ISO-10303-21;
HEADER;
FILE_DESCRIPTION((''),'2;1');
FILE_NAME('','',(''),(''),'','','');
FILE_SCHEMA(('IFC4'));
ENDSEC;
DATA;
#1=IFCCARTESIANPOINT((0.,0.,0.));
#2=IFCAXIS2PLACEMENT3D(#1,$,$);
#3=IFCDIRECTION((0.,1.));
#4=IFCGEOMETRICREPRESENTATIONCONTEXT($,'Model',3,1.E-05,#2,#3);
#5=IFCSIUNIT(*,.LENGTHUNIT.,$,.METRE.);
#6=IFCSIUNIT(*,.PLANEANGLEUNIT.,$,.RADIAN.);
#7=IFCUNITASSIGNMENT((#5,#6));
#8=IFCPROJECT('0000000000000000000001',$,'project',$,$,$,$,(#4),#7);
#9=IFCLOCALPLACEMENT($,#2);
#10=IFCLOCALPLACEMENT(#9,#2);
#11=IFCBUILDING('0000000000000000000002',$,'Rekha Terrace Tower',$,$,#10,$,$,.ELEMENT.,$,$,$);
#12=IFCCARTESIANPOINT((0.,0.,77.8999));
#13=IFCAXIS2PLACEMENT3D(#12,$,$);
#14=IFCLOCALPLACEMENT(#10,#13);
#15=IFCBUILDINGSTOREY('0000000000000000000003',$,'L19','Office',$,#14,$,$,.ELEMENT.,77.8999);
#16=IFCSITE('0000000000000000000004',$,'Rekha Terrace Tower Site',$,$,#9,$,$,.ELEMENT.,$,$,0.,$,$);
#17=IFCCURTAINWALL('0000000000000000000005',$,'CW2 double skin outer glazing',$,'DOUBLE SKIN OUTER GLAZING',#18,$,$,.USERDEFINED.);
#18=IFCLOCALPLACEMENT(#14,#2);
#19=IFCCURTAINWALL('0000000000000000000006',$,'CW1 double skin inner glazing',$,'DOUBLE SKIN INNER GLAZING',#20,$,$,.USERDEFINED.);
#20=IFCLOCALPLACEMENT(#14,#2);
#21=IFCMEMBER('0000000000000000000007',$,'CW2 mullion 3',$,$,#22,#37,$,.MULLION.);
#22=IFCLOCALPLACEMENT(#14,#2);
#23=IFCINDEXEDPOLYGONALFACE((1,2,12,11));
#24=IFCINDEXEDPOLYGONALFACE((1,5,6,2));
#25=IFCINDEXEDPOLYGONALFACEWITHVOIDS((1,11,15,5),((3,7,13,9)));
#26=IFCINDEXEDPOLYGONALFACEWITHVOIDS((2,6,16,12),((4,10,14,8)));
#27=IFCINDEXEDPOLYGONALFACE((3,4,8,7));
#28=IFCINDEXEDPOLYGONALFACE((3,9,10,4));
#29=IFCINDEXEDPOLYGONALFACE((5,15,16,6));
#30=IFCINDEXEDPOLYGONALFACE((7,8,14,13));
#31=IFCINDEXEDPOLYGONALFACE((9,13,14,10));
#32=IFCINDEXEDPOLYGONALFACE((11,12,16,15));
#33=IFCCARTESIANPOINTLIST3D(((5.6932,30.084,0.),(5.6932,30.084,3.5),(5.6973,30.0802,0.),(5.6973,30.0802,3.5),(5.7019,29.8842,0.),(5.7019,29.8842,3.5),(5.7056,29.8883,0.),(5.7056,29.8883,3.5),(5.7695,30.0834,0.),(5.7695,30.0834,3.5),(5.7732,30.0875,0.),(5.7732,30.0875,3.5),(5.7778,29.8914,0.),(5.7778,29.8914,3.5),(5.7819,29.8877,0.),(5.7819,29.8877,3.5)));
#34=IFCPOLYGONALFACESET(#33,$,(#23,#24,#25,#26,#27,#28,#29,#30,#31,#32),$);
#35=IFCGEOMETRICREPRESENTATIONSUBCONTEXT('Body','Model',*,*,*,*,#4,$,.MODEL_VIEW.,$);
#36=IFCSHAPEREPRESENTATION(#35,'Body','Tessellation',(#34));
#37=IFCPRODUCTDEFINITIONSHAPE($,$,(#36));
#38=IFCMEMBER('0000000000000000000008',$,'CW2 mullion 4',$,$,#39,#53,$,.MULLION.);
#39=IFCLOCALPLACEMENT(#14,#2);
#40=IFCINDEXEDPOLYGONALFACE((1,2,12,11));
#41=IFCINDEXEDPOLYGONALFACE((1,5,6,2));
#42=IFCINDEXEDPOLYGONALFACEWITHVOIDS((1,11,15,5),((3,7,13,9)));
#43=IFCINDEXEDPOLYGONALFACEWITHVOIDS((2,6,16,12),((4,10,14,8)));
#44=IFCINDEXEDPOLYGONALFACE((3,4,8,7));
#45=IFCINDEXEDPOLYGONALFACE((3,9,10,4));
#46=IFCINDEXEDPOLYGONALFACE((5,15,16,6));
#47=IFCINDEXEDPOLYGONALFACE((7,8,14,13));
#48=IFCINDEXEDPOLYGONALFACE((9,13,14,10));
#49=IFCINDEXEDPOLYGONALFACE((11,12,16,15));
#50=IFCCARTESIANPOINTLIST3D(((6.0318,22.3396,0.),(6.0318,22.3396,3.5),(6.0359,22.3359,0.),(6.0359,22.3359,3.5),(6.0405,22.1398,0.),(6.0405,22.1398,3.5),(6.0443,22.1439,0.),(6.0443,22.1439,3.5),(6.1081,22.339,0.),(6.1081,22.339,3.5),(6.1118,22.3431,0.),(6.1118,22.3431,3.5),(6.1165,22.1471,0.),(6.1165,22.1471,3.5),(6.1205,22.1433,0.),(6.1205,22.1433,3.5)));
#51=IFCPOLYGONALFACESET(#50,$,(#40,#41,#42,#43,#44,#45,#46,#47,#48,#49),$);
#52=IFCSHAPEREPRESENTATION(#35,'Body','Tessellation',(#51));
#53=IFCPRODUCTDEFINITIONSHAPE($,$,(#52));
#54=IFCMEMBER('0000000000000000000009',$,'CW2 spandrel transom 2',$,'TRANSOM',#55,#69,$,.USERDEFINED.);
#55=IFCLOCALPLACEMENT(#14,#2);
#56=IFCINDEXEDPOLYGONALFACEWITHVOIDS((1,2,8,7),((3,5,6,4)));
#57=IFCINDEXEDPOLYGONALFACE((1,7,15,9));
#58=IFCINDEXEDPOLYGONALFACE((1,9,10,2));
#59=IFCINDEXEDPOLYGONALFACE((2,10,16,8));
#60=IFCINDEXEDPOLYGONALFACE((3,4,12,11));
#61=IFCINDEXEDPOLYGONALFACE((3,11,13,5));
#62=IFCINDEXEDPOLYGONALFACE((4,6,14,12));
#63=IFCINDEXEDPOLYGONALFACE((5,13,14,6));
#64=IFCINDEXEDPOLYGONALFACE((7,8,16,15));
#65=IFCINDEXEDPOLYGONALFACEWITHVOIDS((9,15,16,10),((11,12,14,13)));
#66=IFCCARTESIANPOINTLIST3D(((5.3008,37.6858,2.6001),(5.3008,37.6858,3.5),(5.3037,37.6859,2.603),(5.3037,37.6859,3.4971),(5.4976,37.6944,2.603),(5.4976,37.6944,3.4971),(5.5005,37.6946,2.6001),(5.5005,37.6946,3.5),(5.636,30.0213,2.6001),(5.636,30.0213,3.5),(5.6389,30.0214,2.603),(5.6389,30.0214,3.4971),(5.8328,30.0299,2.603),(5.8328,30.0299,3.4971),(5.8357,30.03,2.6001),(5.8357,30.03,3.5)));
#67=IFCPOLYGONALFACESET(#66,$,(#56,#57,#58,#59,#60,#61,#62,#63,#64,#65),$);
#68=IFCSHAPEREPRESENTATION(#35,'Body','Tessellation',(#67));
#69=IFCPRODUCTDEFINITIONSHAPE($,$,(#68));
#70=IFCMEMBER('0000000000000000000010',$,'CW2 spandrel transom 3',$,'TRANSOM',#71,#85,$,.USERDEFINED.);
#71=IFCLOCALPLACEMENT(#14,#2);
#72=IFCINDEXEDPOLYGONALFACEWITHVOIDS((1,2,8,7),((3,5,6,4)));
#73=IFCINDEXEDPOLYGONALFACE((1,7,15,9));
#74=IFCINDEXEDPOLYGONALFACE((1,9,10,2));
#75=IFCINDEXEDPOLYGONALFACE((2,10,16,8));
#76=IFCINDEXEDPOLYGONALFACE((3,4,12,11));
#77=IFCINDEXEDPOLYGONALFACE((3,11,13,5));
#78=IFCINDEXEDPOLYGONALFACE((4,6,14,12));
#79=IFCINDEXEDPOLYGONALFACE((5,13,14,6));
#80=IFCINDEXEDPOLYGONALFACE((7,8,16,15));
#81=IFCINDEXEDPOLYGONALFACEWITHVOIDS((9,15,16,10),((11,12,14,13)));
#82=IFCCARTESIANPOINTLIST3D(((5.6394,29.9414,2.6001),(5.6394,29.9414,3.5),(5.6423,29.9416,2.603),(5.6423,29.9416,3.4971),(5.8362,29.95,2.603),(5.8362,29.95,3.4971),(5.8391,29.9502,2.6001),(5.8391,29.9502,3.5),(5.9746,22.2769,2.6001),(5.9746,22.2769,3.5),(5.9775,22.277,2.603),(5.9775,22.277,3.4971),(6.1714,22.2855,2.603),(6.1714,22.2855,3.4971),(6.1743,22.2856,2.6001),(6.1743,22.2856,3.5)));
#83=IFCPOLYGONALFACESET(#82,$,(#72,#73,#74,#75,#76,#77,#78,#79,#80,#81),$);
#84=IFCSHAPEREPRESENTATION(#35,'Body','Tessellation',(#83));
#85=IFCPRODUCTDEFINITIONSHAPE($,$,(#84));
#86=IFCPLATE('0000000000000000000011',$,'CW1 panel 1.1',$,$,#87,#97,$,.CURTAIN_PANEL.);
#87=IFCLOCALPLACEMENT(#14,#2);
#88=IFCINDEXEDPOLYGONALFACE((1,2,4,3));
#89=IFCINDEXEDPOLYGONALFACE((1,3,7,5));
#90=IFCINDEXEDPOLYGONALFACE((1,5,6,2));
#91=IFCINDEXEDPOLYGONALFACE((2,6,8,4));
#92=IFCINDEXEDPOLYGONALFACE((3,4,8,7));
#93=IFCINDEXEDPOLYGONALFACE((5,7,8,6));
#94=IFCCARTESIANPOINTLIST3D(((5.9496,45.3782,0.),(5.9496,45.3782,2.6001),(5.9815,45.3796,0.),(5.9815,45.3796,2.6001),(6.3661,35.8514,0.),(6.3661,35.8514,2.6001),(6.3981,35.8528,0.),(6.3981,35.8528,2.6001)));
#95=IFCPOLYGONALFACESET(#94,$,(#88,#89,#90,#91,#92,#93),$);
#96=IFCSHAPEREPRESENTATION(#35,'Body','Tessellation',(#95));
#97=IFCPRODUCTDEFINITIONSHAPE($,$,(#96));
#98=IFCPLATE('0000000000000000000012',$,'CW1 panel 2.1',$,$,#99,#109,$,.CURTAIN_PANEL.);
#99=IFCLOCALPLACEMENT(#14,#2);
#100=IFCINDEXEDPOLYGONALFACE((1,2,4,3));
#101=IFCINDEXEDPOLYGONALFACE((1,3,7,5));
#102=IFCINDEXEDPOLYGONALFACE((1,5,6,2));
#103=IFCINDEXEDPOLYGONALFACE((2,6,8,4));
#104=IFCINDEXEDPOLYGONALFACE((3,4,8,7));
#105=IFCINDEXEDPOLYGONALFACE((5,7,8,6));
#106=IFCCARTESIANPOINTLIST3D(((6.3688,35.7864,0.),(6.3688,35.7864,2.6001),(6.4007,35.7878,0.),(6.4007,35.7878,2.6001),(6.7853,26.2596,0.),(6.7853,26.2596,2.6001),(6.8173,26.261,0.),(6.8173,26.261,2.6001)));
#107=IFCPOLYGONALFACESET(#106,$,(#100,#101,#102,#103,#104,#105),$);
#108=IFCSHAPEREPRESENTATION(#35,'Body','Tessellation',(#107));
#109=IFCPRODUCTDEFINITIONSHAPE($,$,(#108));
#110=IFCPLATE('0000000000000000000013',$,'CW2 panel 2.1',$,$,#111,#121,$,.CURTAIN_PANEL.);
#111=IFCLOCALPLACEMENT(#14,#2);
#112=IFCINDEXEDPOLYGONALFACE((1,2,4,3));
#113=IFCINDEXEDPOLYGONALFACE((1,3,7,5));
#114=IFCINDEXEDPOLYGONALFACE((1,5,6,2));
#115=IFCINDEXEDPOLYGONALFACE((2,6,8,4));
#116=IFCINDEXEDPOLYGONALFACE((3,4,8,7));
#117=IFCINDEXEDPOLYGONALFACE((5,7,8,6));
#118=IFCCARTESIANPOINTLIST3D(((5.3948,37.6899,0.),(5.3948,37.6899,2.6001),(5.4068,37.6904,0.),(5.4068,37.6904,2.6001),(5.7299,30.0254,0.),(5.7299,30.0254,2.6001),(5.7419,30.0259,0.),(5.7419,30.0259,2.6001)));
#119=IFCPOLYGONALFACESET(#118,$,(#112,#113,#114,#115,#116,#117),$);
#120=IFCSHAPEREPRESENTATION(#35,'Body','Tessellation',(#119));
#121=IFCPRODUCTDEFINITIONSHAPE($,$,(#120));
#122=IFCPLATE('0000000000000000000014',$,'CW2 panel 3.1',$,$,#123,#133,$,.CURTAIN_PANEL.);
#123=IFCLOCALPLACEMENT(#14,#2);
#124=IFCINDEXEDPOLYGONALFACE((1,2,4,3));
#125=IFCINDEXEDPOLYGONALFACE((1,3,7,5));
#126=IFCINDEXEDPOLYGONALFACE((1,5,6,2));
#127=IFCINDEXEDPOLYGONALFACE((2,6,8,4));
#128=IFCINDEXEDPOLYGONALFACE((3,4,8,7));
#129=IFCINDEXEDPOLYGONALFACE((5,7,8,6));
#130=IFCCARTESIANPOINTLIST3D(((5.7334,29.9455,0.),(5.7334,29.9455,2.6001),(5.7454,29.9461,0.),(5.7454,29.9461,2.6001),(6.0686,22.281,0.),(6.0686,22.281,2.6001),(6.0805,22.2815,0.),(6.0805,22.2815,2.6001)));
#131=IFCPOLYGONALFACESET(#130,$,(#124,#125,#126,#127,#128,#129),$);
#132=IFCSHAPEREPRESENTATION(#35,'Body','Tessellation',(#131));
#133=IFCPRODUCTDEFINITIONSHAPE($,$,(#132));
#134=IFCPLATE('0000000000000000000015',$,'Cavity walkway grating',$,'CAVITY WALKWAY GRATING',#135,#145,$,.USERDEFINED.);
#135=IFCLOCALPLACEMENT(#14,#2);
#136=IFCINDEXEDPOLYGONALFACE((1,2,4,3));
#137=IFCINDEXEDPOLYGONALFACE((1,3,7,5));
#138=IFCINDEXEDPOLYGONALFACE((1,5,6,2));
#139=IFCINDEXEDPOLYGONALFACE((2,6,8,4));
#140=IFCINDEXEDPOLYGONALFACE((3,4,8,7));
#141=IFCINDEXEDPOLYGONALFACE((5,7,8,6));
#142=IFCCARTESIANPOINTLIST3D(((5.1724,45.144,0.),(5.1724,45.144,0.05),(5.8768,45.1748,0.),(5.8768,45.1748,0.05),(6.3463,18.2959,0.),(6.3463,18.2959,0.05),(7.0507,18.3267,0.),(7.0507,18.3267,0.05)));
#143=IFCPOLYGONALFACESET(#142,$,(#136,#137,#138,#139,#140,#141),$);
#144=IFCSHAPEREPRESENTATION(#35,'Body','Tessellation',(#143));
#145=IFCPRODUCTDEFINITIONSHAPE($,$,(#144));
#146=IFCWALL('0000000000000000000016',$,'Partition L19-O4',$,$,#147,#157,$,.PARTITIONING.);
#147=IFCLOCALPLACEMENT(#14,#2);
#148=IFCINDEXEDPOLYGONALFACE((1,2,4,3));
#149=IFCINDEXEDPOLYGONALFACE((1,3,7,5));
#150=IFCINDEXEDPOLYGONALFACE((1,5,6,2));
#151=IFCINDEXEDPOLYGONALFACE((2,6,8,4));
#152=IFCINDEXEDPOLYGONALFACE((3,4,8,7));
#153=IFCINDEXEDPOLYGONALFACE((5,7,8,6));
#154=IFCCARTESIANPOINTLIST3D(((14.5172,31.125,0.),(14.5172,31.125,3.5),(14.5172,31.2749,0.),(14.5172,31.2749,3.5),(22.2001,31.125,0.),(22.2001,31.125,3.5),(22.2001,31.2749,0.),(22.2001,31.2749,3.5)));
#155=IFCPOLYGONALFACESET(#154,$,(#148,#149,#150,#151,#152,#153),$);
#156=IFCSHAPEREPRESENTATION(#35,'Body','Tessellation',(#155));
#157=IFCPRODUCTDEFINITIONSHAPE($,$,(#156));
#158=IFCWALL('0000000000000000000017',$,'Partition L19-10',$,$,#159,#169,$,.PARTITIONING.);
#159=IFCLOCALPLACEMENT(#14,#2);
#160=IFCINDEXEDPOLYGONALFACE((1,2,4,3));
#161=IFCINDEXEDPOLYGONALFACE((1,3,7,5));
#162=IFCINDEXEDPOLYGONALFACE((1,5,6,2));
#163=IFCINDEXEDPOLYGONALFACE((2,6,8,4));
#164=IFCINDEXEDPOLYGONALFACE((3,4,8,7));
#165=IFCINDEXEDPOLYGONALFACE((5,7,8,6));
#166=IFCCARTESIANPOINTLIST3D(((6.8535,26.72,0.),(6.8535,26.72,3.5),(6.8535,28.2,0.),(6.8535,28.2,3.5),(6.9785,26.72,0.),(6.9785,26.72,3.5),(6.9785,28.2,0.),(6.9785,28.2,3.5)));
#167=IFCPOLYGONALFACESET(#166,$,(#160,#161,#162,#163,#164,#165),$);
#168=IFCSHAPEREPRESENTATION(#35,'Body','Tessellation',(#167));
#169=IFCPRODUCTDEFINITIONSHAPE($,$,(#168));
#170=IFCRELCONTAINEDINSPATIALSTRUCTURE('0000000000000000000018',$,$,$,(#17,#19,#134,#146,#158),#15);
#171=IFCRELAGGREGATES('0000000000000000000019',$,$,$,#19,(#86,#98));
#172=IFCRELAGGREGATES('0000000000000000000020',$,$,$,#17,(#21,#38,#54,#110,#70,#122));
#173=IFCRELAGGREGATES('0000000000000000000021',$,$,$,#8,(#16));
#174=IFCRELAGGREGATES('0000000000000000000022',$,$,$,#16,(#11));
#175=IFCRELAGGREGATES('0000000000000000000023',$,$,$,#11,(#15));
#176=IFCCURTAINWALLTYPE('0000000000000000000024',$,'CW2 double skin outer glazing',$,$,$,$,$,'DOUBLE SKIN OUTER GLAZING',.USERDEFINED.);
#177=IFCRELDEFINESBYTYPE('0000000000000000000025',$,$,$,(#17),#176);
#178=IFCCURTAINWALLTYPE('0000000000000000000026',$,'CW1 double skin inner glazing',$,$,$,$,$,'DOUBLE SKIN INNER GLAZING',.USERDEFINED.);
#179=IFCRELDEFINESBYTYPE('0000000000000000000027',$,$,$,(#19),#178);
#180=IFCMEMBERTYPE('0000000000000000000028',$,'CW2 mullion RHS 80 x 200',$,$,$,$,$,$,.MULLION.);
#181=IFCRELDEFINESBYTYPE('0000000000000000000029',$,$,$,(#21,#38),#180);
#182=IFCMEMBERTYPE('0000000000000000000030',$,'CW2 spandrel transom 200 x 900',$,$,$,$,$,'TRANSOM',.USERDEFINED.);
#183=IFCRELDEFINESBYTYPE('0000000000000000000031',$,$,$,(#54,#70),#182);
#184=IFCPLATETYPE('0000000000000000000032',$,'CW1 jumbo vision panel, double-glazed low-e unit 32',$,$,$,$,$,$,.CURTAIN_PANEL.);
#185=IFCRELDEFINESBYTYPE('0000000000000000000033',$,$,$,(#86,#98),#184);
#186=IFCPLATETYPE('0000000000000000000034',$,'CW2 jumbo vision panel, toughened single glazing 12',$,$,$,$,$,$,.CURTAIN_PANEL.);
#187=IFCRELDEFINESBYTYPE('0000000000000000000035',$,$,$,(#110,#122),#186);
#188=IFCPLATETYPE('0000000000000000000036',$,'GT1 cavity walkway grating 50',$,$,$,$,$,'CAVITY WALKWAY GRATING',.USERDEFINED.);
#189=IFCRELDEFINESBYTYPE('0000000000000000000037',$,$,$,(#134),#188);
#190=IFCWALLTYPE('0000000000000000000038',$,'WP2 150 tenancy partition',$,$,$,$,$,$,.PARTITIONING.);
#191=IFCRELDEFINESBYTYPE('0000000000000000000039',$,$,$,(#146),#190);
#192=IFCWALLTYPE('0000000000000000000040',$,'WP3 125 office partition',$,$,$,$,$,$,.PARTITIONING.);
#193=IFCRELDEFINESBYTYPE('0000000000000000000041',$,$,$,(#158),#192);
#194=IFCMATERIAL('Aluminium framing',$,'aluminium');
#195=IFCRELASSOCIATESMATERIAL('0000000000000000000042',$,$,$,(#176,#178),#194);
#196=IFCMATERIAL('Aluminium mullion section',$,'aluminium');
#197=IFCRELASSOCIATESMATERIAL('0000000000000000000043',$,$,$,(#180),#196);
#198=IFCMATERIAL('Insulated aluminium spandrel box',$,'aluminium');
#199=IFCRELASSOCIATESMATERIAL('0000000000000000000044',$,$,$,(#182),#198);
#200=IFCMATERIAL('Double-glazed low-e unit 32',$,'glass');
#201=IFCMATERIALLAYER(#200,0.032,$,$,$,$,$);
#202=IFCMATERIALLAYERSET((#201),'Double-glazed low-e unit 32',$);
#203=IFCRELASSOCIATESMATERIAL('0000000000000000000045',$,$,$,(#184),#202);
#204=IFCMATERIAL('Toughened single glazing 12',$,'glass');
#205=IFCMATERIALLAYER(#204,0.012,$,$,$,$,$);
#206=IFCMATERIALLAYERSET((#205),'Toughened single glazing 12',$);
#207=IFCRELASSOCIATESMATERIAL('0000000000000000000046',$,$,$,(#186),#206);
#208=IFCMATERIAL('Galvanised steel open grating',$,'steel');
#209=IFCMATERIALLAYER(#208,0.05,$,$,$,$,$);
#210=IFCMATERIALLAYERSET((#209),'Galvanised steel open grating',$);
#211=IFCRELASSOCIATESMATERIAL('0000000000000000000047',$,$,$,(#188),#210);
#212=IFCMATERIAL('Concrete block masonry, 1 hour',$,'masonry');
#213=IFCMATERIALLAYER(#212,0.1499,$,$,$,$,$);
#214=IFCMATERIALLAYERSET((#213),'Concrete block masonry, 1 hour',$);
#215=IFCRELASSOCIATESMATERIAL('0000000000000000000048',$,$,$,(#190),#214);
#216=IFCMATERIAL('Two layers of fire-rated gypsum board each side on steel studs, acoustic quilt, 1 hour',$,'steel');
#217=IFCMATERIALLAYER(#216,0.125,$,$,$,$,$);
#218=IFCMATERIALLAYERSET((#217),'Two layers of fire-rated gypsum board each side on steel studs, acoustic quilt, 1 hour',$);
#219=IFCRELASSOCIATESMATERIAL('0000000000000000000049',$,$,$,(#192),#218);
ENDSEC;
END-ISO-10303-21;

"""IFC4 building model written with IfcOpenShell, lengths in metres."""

from ifc_helpers import new_model, si_unit, direction, frame, frame_2d, origin, origin_2d, place, context, subcontext, project, spatial, rectangle, hollow_rectangle, extrude, material, layer, layer_set, material_profile, profile_set, type_object, element, aggregate, save


model = new_model("IFC4")

# Units and contexts
model_context = context("Model", 3, precision=1e-05, world=origin(), true_north=direction((0.0, 1.0)))
body_context = subcontext(model_context, "Body", "Model", "MODEL_VIEW")
ifc_project = project(units=[si_unit("LENGTHUNIT", "METRE"), si_unit("PLANEANGLEUNIT", "RADIAN")], contexts=[model_context])

# Site, building, storey
site_placement = place(None, origin())
site = spatial("IfcSite", under=ifc_project, at=site_placement, Name="Rekha Terrace Tower Site", CompositionType="ELEMENT", RefElevation=0.0)
building_placement = place(site_placement, origin())
building = spatial("IfcBuilding", under=site, at=building_placement, Name="Rekha Terrace Tower", CompositionType="ELEMENT")
storey_placement = place(building_placement, frame((0.0, 0.0, 77.8999)))
storey = spatial("IfcBuildingStorey", under=building, at=storey_placement, Name="L19", Description="Office", CompositionType="ELEMENT", Elevation=77.8999)

# Curtain walls
ifc_material_1 = material(Name="Aluminium framing", Category="aluminium")
curtain_wall_type_1 = type_object("IfcCurtainWallType", Name="CW2 double skin outer glazing", ElementType="DOUBLE SKIN OUTER GLAZING", PredefinedType="USERDEFINED", material=ifc_material_1)
curtain_wall_1_placement = place(storey_placement, origin())
curtain_wall_1 = element("IfcCurtainWall", 1, at=curtain_wall_1_placement, inside=storey, type_object=curtain_wall_type_1, Name="CW2 double skin outer glazing", ObjectType="DOUBLE SKIN OUTER GLAZING", PredefinedType="USERDEFINED")
curtain_wall_type_2 = type_object("IfcCurtainWallType", Name="CW1 double skin inner glazing", ElementType="DOUBLE SKIN INNER GLAZING", PredefinedType="USERDEFINED", material=ifc_material_1)
curtain_wall_2_placement = place(storey_placement, origin())
curtain_wall_2 = element("IfcCurtainWall", 2, at=curtain_wall_2_placement, inside=storey, type_object=curtain_wall_type_2, Name="CW1 double skin inner glazing", ObjectType="DOUBLE SKIN INNER GLAZING", PredefinedType="USERDEFINED")
ifc_material_2 = material(Name="Aluminium mullion section", Category="aluminium")

# Members
ifc_material_3 = material(Name="Insulated aluminium spandrel box", Category="aluminium")
ifc_material_profile_1 = material_profile(ifc_material_2, hollow_rectangle(XDim=0.0801, YDim=0.2, WallThickness=0.0039, at=origin_2d()), Name="AL RHS 80x200")
ifc_profile_set_1 = profile_set([ifc_material_profile_1], Name="Aluminium mullion section")
member_type_1 = type_object("IfcMemberType", Name="CW2 mullion RHS 80 x 200", PredefinedType="MULLION", material=ifc_profile_set_1)
member_1_placement = place(storey_placement, frame((5.7375, 29.9858, 0.0), z_axis=(0.0, 0.0, 1.0), x_axis=(0.999045, 0.043683, 0.0)))
member_1 = element("IfcMember", 3, at=member_1_placement, type_object=member_type_1, Name="CW2 mullion 3", PredefinedType="MULLION", context=body_context, shape_type="SweptSolid", body=[
    extrude(hollow_rectangle(XDim=0.0801, YDim=0.2, WallThickness=0.0039, at=origin_2d()), origin(), (0.0, 0.0, 1.0), 3.5),
])
member_2_placement = place(storey_placement, frame((6.0762, 22.2415, 0.0), z_axis=(0.0, 0.0, 1.0), x_axis=(0.999045, 0.043683, 0.0)))
member_2 = element("IfcMember", 4, at=member_2_placement, type_object=member_type_1, Name="CW2 mullion 4", PredefinedType="MULLION", context=body_context, shape_type="SweptSolid", body=[
    extrude(hollow_rectangle(XDim=0.0801, YDim=0.2, WallThickness=0.0039, at=origin_2d()), origin(), (0.0, 0.0, 1.0), 3.5),
])
ifc_material_profile_2 = material_profile(ifc_material_3, hollow_rectangle(XDim=0.2, YDim=0.8999, WallThickness=0.0029, at=origin_2d()), Name="AL SPANDREL BOX 200x900")
ifc_profile_set_2 = profile_set([ifc_material_profile_2], Name="Insulated aluminium spandrel box")
member_type_2 = type_object("IfcMemberType", Name="CW2 spandrel transom 200 x 900", ElementType="TRANSOM", PredefinedType="USERDEFINED", material=ifc_profile_set_2)
member_3_placement = place(storey_placement, frame((5.4006, 37.6902, 3.05), z_axis=(0.043693, -0.999045, 0.0), x_axis=(0.999045, 0.043693, 0.0)))
member_3 = element("IfcMember", 5, at=member_3_placement, type_object=member_type_2, Name="CW2 spandrel transom 2", ObjectType="TRANSOM", PredefinedType="USERDEFINED", context=body_context, shape_type="SweptSolid", body=[
    extrude(hollow_rectangle(XDim=0.2, YDim=0.8999, WallThickness=0.0029, at=origin_2d()), origin(), (0.0, 0.0, 1.0), 7.6719),
])
member_4_placement = place(storey_placement, frame((5.7393, 29.9458, 3.05), z_axis=(0.043693, -0.999045, 0.0), x_axis=(0.999045, 0.043693, 0.0)))
member_4 = element("IfcMember", 6, at=member_4_placement, type_object=member_type_2, Name="CW2 spandrel transom 3", ObjectType="TRANSOM", PredefinedType="USERDEFINED", context=body_context, shape_type="SweptSolid", body=[
    extrude(hollow_rectangle(XDim=0.2, YDim=0.8999, WallThickness=0.0029, at=origin_2d()), origin(), (0.0, 0.0, 1.0), 7.6719),
])

# Plates
ifc_material_4 = material(Name="Double-glazed low-e unit 32", Category="glass")
ifc_layer_1 = layer(ifc_material_4, 0.032)
ifc_layer_set_1 = layer_set([ifc_layer_1], Name="Double-glazed low-e unit 32")
plate_type_1 = type_object("IfcPlateType", Name="CW1 jumbo vision panel, double-glazed low-e unit 32", PredefinedType="CURTAIN_PANEL", material=ifc_layer_set_1)
plate_1_placement = place(storey_placement, frame((6.1738, 40.6155, 0.0), z_axis=(0.0, 0.0, 1.0), x_axis=(0.043683, -0.999045, 0.0)))
plate_1 = element("IfcPlate", 7, at=plate_1_placement, type_object=plate_type_1, Name="CW1 panel 1.1", PredefinedType="CURTAIN_PANEL", context=body_context, shape_type="SweptSolid", body=[
    extrude(rectangle(XDim=9.5359, YDim=0.032, at=origin_2d()), origin(), (0.0, 0.0, 1.0), 2.6001),
])
plate_2_placement = place(storey_placement, frame((6.593, 31.0237, 0.0), z_axis=(0.0, 0.0, 1.0), x_axis=(0.043683, -0.999045, 0.0)))
plate_2 = element("IfcPlate", 8, at=plate_2_placement, type_object=plate_type_1, Name="CW1 panel 2.1", PredefinedType="CURTAIN_PANEL", context=body_context, shape_type="SweptSolid", body=[
    extrude(rectangle(XDim=9.5359, YDim=0.032, at=origin_2d()), origin(), (0.0, 0.0, 1.0), 2.6001),
])
aggregate(curtain_wall_2, [plate_1, plate_2])
ifc_material_5 = material(Name="Toughened single glazing 12", Category="glass")
ifc_layer_2 = layer(ifc_material_5, 0.012)
ifc_layer_set_2 = layer_set([ifc_layer_2], Name="Toughened single glazing 12")
plate_type_2 = type_object("IfcPlateType", Name="CW2 jumbo vision panel, toughened single glazing 12", PredefinedType="CURTAIN_PANEL", material=ifc_layer_set_2)
plate_3_placement = place(storey_placement, frame((5.5684, 33.8579, 0.0), z_axis=(0.0, 0.0, 1.0), x_axis=(0.043683, -0.999045, 0.0)))
plate_3 = element("IfcPlate", 9, at=plate_3_placement, type_object=plate_type_2, Name="CW2 panel 2.1", PredefinedType="CURTAIN_PANEL", context=body_context, shape_type="SweptSolid", body=[
    extrude(rectangle(XDim=7.6719, YDim=0.012, at=origin_2d()), origin(), (0.0, 0.0, 1.0), 2.6001),
])
plate_4_placement = place(storey_placement, frame((5.907, 26.1135, 0.0), z_axis=(0.0, 0.0, 1.0), x_axis=(0.043683, -0.999045, 0.0)))
plate_4 = element("IfcPlate", 10, at=plate_4_placement, type_object=plate_type_2, Name="CW2 panel 3.1", PredefinedType="CURTAIN_PANEL", context=body_context, shape_type="SweptSolid", body=[
    extrude(rectangle(XDim=7.6719, YDim=0.012, at=origin_2d()), origin(), (0.0, 0.0, 1.0), 2.6001),
])
aggregate(curtain_wall_1, [member_1, member_2, member_3, plate_3, member_4, plate_4])
ifc_material_6 = material(Name="Galvanised steel open grating", Category="steel")
ifc_layer_3 = layer(ifc_material_6, 0.05)
ifc_layer_set_3 = layer_set([ifc_layer_3], Name="Galvanised steel open grating")
plate_type_3 = type_object("IfcPlateType", Name="GT1 cavity walkway grating 50", ElementType="CAVITY WALKWAY GRATING", PredefinedType="USERDEFINED", material=ifc_layer_set_3)
plate_5_placement = place(storey_placement, frame((6.1116, 31.7354, 0.0), z_axis=(0.0, 0.0, 1.0), x_axis=(0.043683, -0.999045, 0.0)))
element("IfcPlate", 11, at=plate_5_placement, inside=storey, type_object=plate_type_3, Name="Cavity walkway grating", ObjectType="CAVITY WALKWAY GRATING", PredefinedType="USERDEFINED", context=body_context, shape_type="SweptSolid", body=[
    extrude(rectangle(XDim=26.8738, YDim=0.7051, at=origin_2d()), origin(), (0.0, 0.0, 1.0), 0.05),
])

# Walls
ifc_material_7 = material(Name="Concrete block masonry, 1 hour", Category="masonry")
ifc_layer_4 = layer(ifc_material_7, 0.1499)
ifc_layer_set_4 = layer_set([ifc_layer_4], Name="Concrete block masonry, 1 hour")
wall_type_1 = type_object("IfcWallType", Name="WP2 150 tenancy partition", PredefinedType="PARTITIONING", material=ifc_layer_set_4)
wall_1_placement = place(storey_placement, frame((22.2, 31.2, 0.0), z_axis=(0.0, 0.0, 1.0), x_axis=(-1.0, 0.0, 0.0)))
element("IfcWall", 12, at=wall_1_placement, inside=storey, type_object=wall_type_1, Name="Partition L19-O4", PredefinedType="PARTITIONING", context=body_context, shape_type="SweptSolid", body=[
    extrude(rectangle(XDim=7.6829, YDim=0.1499, at=frame_2d((3.8413, 0.0))), origin(), (0.0, 0.0, 1.0), 3.5),
])
ifc_material_8 = material(Name="Two layers of fire-rated gypsum board each side on steel studs, acoustic quilt, 1 hour", Category="steel")
ifc_layer_5 = layer(ifc_material_8, 0.125)
ifc_layer_set_5 = layer_set([ifc_layer_5], Name="Two layers of fire-rated gypsum board each side on steel studs, acoustic quilt, 1 hour")
wall_type_2 = type_object("IfcWallType", Name="WP3 125 office partition", PredefinedType="PARTITIONING", material=ifc_layer_set_5)
wall_2_placement = place(storey_placement, frame((6.916, 26.72, 0.0), z_axis=(0.0, 0.0, 1.0), x_axis=(0.0, 1.0, 0.0)))
element("IfcWall", 13, at=wall_2_placement, inside=storey, type_object=wall_type_2, Name="Partition L19-10", PredefinedType="PARTITIONING", context=body_context, shape_type="SweptSolid", body=[
    extrude(rectangle(XDim=1.48, YDim=0.125, at=frame_2d((0.74, 0.0))), origin(), (0.0, 0.0, 1.0), 3.5),
])

save(model, "model.ifc")
